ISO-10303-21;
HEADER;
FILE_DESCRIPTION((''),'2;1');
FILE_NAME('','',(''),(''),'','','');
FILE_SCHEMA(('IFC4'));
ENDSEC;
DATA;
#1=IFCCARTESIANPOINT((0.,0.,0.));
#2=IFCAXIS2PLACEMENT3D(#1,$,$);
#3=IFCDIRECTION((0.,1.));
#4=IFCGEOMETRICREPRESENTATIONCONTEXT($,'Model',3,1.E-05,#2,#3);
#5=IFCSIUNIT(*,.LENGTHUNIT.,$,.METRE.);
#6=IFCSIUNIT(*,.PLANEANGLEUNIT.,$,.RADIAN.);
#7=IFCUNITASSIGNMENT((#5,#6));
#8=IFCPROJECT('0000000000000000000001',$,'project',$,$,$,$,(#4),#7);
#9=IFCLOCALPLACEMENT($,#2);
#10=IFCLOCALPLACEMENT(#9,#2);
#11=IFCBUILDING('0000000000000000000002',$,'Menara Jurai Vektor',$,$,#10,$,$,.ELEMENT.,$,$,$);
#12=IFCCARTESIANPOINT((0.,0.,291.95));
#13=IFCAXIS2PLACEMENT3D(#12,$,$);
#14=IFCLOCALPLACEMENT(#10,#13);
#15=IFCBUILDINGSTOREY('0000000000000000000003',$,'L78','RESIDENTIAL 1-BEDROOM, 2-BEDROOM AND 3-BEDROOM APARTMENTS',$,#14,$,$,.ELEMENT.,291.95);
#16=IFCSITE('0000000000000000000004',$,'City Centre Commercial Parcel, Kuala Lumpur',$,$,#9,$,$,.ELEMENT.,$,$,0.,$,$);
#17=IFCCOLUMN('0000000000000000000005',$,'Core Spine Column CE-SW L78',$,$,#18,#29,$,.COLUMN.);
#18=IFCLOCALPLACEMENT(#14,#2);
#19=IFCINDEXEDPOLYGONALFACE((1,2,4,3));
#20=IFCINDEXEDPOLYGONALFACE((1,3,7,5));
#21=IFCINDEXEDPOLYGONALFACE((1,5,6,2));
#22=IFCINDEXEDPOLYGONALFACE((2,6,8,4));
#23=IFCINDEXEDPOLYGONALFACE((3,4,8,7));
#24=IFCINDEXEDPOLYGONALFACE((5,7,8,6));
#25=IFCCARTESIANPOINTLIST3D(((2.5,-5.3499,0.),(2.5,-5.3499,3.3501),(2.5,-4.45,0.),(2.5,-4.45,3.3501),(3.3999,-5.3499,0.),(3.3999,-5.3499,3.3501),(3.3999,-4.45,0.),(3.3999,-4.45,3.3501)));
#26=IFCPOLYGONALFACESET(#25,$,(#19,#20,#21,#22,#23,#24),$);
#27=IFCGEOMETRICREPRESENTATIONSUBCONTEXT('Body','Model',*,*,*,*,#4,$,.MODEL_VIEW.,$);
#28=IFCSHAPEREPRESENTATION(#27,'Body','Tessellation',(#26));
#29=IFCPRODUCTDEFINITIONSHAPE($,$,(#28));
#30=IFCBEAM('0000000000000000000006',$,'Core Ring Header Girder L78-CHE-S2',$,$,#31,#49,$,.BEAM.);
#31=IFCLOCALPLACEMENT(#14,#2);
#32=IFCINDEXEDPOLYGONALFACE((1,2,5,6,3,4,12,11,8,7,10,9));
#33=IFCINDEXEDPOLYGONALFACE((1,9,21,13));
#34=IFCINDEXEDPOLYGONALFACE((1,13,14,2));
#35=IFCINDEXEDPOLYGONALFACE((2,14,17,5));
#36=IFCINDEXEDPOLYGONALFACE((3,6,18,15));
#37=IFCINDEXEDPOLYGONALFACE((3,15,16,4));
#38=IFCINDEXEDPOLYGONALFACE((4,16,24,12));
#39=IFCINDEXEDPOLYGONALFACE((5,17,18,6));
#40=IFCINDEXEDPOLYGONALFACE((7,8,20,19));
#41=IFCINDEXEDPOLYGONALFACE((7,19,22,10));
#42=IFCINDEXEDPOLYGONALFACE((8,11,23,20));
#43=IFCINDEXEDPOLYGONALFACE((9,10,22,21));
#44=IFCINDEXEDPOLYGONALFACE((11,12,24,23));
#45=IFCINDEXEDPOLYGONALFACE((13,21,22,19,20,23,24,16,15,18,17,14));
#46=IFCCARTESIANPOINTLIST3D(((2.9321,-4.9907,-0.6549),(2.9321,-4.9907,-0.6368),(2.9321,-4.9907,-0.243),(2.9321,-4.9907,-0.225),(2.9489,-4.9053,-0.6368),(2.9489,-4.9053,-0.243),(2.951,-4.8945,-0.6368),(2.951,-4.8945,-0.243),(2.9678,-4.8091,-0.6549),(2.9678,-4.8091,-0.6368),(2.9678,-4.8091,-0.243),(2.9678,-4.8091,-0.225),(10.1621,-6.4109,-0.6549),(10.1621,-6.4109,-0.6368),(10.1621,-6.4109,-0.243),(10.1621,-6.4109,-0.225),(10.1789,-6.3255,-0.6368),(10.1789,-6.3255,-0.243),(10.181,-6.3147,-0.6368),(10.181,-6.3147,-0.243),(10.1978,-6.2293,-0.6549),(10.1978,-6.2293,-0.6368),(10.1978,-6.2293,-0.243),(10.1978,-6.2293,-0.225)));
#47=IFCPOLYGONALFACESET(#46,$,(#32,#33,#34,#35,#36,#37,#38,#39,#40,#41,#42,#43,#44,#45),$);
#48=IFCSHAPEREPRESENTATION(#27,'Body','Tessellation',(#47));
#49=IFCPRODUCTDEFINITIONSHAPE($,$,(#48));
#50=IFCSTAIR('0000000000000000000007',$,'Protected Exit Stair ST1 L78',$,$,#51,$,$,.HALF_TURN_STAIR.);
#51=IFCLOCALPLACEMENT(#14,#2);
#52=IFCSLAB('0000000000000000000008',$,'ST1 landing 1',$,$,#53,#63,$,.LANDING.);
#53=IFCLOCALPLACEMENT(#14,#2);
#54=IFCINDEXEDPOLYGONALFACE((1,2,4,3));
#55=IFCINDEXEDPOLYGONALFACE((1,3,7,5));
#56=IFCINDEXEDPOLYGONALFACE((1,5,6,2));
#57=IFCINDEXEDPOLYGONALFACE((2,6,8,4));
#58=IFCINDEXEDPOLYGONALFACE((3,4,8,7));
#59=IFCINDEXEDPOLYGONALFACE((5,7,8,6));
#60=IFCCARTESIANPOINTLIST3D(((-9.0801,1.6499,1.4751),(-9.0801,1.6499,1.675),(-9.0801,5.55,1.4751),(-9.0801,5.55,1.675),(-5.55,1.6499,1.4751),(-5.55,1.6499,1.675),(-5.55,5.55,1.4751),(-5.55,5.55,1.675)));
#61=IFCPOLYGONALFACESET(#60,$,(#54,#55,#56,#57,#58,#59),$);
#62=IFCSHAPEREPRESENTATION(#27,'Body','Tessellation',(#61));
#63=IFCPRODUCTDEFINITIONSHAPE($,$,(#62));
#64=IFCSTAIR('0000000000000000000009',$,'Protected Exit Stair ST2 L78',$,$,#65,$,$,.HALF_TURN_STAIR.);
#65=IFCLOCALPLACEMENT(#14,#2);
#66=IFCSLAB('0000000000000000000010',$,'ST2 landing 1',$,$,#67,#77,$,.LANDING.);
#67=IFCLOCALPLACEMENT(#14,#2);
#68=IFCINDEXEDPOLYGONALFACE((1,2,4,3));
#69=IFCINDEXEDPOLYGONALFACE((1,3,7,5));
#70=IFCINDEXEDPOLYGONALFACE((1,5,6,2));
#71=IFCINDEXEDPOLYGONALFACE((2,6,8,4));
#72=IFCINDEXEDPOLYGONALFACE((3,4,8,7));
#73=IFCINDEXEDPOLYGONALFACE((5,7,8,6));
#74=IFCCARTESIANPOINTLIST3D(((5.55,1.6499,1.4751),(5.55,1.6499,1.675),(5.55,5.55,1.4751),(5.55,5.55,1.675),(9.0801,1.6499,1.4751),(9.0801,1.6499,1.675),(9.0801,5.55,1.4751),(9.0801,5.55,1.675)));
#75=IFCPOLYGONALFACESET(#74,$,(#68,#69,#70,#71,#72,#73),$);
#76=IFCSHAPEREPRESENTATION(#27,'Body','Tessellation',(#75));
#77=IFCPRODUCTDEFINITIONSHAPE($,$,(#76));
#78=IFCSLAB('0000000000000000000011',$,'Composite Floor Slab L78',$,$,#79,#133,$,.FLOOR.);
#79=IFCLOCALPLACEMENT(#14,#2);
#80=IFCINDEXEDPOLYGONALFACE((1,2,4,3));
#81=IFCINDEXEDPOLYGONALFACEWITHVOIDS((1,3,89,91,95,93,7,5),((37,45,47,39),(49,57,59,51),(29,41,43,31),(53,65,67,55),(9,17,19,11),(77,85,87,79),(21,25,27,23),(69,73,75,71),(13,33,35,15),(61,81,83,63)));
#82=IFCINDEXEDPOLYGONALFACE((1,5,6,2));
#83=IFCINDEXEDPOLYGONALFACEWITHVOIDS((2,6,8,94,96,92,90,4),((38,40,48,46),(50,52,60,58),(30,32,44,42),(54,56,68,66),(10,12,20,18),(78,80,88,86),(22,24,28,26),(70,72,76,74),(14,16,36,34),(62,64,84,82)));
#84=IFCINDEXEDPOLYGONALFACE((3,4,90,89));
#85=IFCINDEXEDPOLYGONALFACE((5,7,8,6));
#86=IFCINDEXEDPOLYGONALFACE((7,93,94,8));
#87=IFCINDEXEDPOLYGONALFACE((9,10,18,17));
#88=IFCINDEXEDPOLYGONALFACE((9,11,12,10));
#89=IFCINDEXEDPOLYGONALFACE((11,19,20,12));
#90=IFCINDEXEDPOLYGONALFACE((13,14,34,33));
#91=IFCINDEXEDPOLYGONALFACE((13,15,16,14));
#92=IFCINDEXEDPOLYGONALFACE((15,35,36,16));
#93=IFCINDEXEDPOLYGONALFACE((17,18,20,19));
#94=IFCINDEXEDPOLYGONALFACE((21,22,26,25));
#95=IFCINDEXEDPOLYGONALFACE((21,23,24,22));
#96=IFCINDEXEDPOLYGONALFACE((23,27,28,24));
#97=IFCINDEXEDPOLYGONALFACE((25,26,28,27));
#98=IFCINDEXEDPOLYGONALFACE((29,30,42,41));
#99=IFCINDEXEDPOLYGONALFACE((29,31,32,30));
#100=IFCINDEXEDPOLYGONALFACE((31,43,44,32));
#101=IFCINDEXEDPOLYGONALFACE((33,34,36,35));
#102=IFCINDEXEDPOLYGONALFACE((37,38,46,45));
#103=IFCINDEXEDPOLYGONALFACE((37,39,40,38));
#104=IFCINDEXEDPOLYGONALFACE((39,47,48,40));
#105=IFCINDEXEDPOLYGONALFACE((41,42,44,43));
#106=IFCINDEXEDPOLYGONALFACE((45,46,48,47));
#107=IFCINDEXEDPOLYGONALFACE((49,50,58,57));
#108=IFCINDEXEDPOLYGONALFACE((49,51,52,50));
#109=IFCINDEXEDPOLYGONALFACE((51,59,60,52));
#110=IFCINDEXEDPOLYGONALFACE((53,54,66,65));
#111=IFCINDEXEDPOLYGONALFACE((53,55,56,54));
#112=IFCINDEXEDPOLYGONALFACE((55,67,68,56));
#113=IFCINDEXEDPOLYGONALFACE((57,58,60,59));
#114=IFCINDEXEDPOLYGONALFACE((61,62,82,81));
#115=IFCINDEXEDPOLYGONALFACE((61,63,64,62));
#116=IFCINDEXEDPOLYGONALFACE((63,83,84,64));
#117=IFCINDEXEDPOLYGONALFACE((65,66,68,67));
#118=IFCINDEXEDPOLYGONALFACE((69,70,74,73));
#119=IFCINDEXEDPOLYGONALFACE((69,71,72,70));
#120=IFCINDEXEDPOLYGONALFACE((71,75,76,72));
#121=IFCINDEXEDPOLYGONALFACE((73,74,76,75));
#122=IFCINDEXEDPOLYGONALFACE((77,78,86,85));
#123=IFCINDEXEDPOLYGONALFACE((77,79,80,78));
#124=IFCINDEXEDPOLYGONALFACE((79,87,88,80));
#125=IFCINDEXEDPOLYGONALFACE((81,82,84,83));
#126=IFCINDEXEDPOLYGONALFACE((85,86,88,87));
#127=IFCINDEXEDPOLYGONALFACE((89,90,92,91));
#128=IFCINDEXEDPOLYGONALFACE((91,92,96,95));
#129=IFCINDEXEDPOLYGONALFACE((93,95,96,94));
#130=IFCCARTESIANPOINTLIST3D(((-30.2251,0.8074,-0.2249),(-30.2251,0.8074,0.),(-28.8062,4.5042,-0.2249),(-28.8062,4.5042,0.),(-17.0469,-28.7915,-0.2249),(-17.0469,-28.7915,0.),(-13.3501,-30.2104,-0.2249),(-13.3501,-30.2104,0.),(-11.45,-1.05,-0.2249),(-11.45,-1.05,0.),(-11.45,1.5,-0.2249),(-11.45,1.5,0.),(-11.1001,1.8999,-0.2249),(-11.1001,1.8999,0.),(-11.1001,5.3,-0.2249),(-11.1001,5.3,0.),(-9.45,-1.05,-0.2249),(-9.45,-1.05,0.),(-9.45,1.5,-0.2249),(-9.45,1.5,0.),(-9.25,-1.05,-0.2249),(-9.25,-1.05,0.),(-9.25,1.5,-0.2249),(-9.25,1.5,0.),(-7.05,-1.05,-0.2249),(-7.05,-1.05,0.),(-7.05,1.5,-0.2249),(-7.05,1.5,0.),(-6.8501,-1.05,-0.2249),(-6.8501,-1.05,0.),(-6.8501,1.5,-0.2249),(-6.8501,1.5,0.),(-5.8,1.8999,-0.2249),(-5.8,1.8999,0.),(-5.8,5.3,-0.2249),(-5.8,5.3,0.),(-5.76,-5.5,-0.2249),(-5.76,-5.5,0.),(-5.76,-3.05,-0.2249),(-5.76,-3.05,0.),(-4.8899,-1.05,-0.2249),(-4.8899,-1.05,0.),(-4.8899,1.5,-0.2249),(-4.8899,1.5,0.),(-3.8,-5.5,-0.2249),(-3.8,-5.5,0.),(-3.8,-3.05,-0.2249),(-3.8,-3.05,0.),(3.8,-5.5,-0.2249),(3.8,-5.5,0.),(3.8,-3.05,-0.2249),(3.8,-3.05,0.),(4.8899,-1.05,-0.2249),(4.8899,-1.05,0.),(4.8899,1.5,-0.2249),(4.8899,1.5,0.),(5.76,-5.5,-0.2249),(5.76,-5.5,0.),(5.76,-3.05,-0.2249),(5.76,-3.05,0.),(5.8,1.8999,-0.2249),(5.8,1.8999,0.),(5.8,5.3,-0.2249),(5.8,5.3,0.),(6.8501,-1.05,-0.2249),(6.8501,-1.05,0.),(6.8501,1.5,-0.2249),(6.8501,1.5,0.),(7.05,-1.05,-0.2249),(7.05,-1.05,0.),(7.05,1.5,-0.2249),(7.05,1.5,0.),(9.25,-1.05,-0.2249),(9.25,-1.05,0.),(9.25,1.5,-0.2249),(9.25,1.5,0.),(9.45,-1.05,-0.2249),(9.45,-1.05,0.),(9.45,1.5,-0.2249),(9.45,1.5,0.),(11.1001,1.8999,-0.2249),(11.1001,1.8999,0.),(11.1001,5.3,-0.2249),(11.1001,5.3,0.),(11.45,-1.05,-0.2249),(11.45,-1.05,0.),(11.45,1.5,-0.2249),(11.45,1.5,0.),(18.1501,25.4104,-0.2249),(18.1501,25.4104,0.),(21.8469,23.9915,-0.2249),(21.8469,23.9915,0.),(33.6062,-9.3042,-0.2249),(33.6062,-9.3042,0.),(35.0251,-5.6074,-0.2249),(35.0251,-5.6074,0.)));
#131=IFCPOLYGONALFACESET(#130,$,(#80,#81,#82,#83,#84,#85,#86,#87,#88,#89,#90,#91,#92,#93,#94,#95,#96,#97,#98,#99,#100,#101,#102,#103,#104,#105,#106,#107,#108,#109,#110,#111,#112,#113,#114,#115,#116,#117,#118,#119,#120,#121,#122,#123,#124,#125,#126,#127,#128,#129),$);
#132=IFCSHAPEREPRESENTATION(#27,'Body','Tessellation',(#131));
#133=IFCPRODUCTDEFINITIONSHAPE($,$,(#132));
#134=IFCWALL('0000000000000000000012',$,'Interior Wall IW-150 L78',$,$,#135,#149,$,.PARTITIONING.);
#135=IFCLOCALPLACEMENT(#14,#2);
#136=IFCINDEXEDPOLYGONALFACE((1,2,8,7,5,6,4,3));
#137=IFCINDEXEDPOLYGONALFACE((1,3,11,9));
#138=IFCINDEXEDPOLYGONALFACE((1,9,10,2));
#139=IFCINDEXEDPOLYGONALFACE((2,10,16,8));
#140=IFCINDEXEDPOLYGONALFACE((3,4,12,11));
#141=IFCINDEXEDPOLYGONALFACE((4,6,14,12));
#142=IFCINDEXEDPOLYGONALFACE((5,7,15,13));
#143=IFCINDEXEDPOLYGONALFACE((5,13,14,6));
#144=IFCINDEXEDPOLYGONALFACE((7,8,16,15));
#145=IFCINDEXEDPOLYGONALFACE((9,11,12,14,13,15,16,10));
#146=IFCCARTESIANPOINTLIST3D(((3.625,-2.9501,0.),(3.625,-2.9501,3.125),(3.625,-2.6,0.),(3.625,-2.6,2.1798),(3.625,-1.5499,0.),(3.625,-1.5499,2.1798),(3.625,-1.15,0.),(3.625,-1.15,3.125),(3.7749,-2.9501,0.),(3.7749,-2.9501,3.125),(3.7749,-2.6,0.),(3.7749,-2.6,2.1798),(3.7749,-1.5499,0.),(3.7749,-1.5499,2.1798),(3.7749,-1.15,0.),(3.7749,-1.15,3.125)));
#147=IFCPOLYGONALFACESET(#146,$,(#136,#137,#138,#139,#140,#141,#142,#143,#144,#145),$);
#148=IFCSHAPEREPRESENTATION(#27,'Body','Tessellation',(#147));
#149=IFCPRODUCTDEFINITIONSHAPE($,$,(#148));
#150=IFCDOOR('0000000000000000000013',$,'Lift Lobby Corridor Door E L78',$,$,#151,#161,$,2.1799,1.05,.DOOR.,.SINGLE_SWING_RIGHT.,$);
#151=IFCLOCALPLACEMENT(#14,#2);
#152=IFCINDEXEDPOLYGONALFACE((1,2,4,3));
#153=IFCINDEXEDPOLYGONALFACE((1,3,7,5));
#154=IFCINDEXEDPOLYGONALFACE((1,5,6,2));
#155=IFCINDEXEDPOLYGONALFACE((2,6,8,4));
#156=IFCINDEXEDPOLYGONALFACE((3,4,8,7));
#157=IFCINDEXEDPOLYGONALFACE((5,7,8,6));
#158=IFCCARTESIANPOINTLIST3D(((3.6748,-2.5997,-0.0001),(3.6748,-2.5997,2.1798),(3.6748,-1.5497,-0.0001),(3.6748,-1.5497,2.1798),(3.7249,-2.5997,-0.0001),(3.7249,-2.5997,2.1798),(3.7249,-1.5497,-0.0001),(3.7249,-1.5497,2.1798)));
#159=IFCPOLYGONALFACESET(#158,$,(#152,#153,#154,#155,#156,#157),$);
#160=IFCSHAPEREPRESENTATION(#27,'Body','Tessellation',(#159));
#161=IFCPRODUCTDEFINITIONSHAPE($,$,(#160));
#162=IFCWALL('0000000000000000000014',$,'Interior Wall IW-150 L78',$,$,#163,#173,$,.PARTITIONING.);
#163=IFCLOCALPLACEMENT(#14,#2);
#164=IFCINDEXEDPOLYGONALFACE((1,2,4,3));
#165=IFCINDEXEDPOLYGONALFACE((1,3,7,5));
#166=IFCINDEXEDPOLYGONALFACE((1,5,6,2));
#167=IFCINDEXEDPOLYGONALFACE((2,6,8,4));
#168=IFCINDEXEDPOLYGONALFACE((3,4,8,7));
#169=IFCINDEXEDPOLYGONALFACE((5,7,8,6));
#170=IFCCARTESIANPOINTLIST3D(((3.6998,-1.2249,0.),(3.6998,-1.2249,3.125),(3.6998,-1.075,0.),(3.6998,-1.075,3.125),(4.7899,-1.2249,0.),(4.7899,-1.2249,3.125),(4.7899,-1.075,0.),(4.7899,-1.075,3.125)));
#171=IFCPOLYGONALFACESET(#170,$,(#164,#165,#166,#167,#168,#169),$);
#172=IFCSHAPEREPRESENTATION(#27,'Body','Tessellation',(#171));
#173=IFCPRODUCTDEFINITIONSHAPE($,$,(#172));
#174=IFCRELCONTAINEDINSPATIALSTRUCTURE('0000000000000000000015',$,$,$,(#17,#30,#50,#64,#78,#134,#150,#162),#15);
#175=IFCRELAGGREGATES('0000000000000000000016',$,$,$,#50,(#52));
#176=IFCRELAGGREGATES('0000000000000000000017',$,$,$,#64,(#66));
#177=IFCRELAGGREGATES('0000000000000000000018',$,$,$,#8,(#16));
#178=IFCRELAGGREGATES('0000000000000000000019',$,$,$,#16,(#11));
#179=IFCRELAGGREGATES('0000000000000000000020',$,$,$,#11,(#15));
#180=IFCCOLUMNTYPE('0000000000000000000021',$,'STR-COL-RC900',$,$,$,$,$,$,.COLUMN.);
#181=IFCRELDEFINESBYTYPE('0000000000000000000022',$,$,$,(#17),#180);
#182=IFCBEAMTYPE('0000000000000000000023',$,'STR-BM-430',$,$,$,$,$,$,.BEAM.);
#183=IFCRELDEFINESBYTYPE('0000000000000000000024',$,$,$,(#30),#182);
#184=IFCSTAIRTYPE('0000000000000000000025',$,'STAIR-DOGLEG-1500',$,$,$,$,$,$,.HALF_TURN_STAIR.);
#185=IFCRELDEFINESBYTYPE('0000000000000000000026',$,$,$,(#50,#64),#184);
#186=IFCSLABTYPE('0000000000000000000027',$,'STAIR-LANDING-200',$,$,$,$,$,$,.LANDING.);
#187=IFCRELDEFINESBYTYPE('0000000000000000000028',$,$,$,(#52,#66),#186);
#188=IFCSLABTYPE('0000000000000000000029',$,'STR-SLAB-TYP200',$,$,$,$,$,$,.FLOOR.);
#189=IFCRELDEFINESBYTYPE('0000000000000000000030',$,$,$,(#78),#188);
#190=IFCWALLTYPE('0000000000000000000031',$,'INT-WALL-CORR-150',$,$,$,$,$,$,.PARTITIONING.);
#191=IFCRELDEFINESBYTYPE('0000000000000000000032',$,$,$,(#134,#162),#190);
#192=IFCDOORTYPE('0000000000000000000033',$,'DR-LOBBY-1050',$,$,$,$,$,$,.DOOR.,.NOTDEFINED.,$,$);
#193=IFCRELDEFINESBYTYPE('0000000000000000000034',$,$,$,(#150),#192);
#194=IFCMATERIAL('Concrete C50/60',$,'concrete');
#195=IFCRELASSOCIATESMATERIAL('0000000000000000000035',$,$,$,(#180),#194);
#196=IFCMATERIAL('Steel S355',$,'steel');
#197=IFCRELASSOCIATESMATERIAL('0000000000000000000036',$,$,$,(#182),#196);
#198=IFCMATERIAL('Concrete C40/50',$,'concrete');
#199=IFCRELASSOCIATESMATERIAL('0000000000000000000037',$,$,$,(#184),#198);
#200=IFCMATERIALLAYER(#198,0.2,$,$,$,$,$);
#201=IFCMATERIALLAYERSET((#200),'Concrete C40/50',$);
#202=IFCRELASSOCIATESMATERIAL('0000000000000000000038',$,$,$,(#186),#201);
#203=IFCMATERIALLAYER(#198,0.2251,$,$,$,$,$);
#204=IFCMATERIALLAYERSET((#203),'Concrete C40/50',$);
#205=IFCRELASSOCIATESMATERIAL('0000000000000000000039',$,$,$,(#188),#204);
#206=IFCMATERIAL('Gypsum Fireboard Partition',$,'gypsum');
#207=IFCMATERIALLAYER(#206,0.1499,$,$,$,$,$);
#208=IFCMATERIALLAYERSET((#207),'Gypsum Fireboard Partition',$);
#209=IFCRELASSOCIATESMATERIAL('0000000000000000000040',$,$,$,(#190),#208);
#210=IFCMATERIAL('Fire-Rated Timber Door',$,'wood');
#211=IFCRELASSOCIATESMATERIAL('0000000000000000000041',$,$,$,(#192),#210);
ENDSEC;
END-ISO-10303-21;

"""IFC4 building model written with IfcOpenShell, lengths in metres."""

from ifc_helpers import new_model, si_unit, direction, frame, frame_2d, origin, origin_2d, place, context, subcontext, project, spatial, polyline, rectangle, i_section, outline, extrude, material, layer, layer_set, material_profile, profile_set, type_object, element, fill, aggregate, save


model = new_model("IFC4")

# Units and contexts
model_context = context("Model", 3, precision=1e-05, world=origin(), true_north=direction((0.0, 1.0)))
body_context = subcontext(model_context, "Body", "Model", "MODEL_VIEW")
ifc_project = project(units=[si_unit("LENGTHUNIT", "METRE"), si_unit("PLANEANGLEUNIT", "RADIAN")], contexts=[model_context])

# Site, building, storey
site_placement = place(None, origin())
site = spatial("IfcSite", under=ifc_project, at=site_placement, Name="City Centre Commercial Parcel, Kuala Lumpur", CompositionType="ELEMENT", RefElevation=0.0)
building_placement = place(site_placement, origin())
building = spatial("IfcBuilding", under=site, at=building_placement, Name="Menara Jurai Vektor", CompositionType="ELEMENT")
storey_placement = place(building_placement, frame((0.0, 0.0, 291.95)))
storey = spatial("IfcBuildingStorey", under=building, at=storey_placement, Name="L78", Description="RESIDENTIAL 1-BEDROOM, 2-BEDROOM AND 3-BEDROOM APARTMENTS", CompositionType="ELEMENT", Elevation=291.95)

# Column
ifc_material_1 = material(Name="Concrete C50/60", Category="concrete")
ifc_material_profile_1 = material_profile(ifc_material_1, rectangle(XDim=0.8999, YDim=0.8999, at=origin_2d()), Name="RC 900x900")
ifc_profile_set_1 = profile_set([ifc_material_profile_1], Name="Concrete C50/60")
column_type = type_object("IfcColumnType", Name="STR-COL-RC900", PredefinedType="COLUMN", material=ifc_profile_set_1)
column_placement = place(storey_placement, frame((2.95, -4.8999, 0.0), z_axis=(0.0, 0.0, 1.0), x_axis=(1.0, 0.0, 0.0)))
element("IfcColumn", 1, at=column_placement, inside=storey, type_object=column_type, Name="Core Spine Column CE-SW L78", PredefinedType="COLUMN", context=body_context, shape_type="SweptSolid", body=[
    extrude(rectangle(XDim=0.8999, YDim=0.8999, at=origin_2d()), origin(), (0.0, 0.0, 1.0), 3.3501),
])

# Beam
ifc_material_2 = material(Name="Steel S355", Category="steel")
ifc_material_profile_2 = material_profile(ifc_material_2, i_section(OverallWidth=0.1851, OverallDepth=0.4299, WebThickness=0.011, FlangeThickness=0.0181, at=origin_2d()), Name="PG 430x185x76")
ifc_profile_set_2 = profile_set([ifc_material_profile_2], Name="Steel S355")
beam_type = type_object("IfcBeamType", Name="STR-BM-430", PredefinedType="BEAM", material=ifc_profile_set_2)
beam_placement = place(storey_placement, frame((2.95, -4.8999, -0.4399), z_axis=(0.981249, -0.192744, 0.0), x_axis=(0.192744, 0.981249, 0.0)))
element("IfcBeam", 2, at=beam_placement, inside=storey, type_object=beam_type, Name="Core Ring Header Girder L78-CHE-S2", PredefinedType="BEAM", context=body_context, shape_type="SweptSolid", body=[
    extrude(i_section(OverallWidth=0.1851, OverallDepth=0.4299, WebThickness=0.011, FlangeThickness=0.0181, at=origin_2d()), origin(), (0.0, 0.0, 1.0), 7.3682),
])

# Stairs, slabs
ifc_material_3 = material(Name="Concrete C40/50", Category="concrete")
stair_type = type_object("IfcStairType", Name="STAIR-DOGLEG-1500", PredefinedType="HALF_TURN_STAIR", material=ifc_material_3)
stair_1_placement = place(storey_placement, origin())
stair_1 = element("IfcStair", 3, at=stair_1_placement, inside=storey, type_object=stair_type, Name="Protected Exit Stair ST1 L78", PredefinedType="HALF_TURN_STAIR")
ifc_layer_1 = layer(ifc_material_3, 0.2)
ifc_layer_set_1 = layer_set([ifc_layer_1], Name="Concrete C40/50")
slab_type_1 = type_object("IfcSlabType", Name="STAIR-LANDING-200", PredefinedType="LANDING", material=ifc_layer_set_1)
slab_1_placement = place(storey_placement, frame((0.0, 0.0, 1.4751)))
slab_1 = element("IfcSlab", 4, at=slab_1_placement, type_object=slab_type_1, Name="ST1 landing 1", PredefinedType="LANDING", context=body_context, shape_type="SweptSolid", body=[
    extrude(outline(polyline([(-9.0801, 1.6499), (-5.55, 1.6499), (-5.55, 5.55), (-9.0801, 5.55), (-9.0801, 1.6499)])), origin(), (0.0, 0.0, 1.0), 0.2),
])
aggregate(stair_1, [slab_1])
stair_2_placement = place(storey_placement, origin())
stair_2 = element("IfcStair", 5, at=stair_2_placement, inside=storey, type_object=stair_type, Name="Protected Exit Stair ST2 L78", PredefinedType="HALF_TURN_STAIR")
slab_2_placement = place(storey_placement, frame((0.0, 0.0, 1.4751)))
slab_2 = element("IfcSlab", 6, at=slab_2_placement, type_object=slab_type_1, Name="ST2 landing 1", PredefinedType="LANDING", context=body_context, shape_type="SweptSolid", body=[
    extrude(outline(polyline([(5.55, 1.6499), (9.0801, 1.6499), (9.0801, 5.55), (5.55, 5.55), (5.55, 1.6499)])), origin(), (0.0, 0.0, 1.0), 0.2),
])
aggregate(stair_2, [slab_2])

# Slab
ifc_layer_2 = layer(ifc_material_3, 0.2251)
ifc_layer_set_2 = layer_set([ifc_layer_2], Name="Concrete C40/50")
slab_type_2 = type_object("IfcSlabType", Name="STR-SLAB-TYP200", PredefinedType="FLOOR", material=ifc_layer_set_2)
slab_3_placement = place(storey_placement, frame((0.0, 0.0, -0.2249)))
element("IfcSlab", 7, at=slab_3_placement, inside=storey, type_object=slab_type_2, Name="Composite Floor Slab L78", PredefinedType="FLOOR", context=body_context, shape_type="SweptSolid", body=[
    extrude(outline(polyline([(-13.3501, -30.2104), (33.6062, -9.3042), (35.0251, -5.6074), (21.8469, 23.9915), (18.1501, 25.4104), (-28.8062, 4.5042), (-30.2251, 0.8074), (-17.0469, -28.7915), (-13.3501, -30.2104)]), holes=[polyline([(-11.1001, 1.8999), (-11.1001, 5.3), (-5.8, 5.3), (-5.8, 1.8999), (-11.1001, 1.8999)]), polyline([(5.8, 1.8999), (5.8, 5.3), (11.1001, 5.3), (11.1001, 1.8999), (5.8, 1.8999)]), polyline([(-11.45, -1.05), (-11.45, 1.5), (-9.45, 1.5), (-9.45, -1.05), (-11.45, -1.05)]), polyline([(9.45, -1.05), (9.45, 1.5), (11.45, 1.5), (11.45, -1.05), (9.45, -1.05)]), polyline([(-5.76, -5.5), (-5.76, -3.05), (-3.8, -3.05), (-3.8, -5.5), (-5.76, -5.5)]), polyline([(-6.8501, -1.05), (-6.8501, 1.5), (-4.8899, 1.5), (-4.8899, -1.05), (-6.8501, -1.05)]), polyline([(3.8, -5.5), (3.8, -3.05), (5.76, -3.05), (5.76, -5.5), (3.8, -5.5)]), polyline([(4.8899, -1.05), (4.8899, 1.5), (6.8501, 1.5), (6.8501, -1.05), (4.8899, -1.05)]), polyline([(-9.25, -1.05), (-9.25, 1.5), (-7.05, 1.5), (-7.05, -1.05), (-9.25, -1.05)]), polyline([(7.05, -1.05), (7.05, 1.5), (9.25, 1.5), (9.25, -1.05), (7.05, -1.05)])]), origin(), (0.0, 0.0, 1.0), 0.2249),
])

# Wall, opening, door
ifc_material_4 = material(Name="Gypsum Fireboard Partition", Category="gypsum")
ifc_layer_3 = layer(ifc_material_4, 0.1499)
ifc_layer_set_3 = layer_set([ifc_layer_3], Name="Gypsum Fireboard Partition")
wall_type_1 = type_object("IfcWallType", Name="INT-WALL-CORR-150", PredefinedType="PARTITIONING", material=ifc_layer_set_3)
wall_1_placement = place(storey_placement, frame((3.7, -2.95, 0.0), z_axis=(0.0, 0.0, 1.0), x_axis=(0.0, 1.0, 0.0)))
wall_1 = element("IfcWall", 8, at=wall_1_placement, inside=storey, type_object=wall_type_1, Name="Interior Wall IW-150 L78", PredefinedType="PARTITIONING", context=body_context, shape_type="SweptSolid", body=[
    extrude(rectangle(XDim=1.8, YDim=0.1499, at=frame_2d((0.8999, 0.0))), origin(), (0.0, 0.0, 1.0), 3.125),
])
opening_1_placement = place(wall_1_placement, frame((0.3501, 0.0, 0.0)))
opening_1 = element("IfcOpeningElement", 9, at=opening_1_placement, cuts=wall_1, PredefinedType="OPENING", context=body_context, shape_type="SweptSolid", body=[
    extrude(rectangle(XDim=1.05, YDim=2.1799, at=frame_2d((0.5249, 1.0898))), frame((0.0, 0.085, 0.0), z_axis=(0.0, -1.0, 0.0), x_axis=(1.0, 0.0, 0.0)), (0.0, 0.0, 1.0), 0.1699),
])
ifc_material_5 = material(Name="Fire-Rated Timber Door", Category="wood")
door_type_1 = type_object("IfcDoorType", Name="DR-LOBBY-1050", OperationType="NOTDEFINED", PredefinedType="DOOR", material=ifc_material_5)
door_1_placement = place(opening_1_placement, frame((1.05, 0.0, 0.0), z_axis=(0.0, 0.0, 1.0), x_axis=(-1.0, 0.0, 0.0)))
door_1 = element("IfcDoor", 10, at=door_1_placement, inside=storey, type_object=door_type_1, Name="Lift Lobby Corridor Door E L78", OperationType="SINGLE_SWING_RIGHT", OverallHeight=2.1799, OverallWidth=1.05, PredefinedType="DOOR", context=body_context, shape_type="SweptSolid", body=[
    extrude(rectangle(XDim=1.05, YDim=2.1799, at=frame_2d((0.5249, 1.0898))), frame((0.0, 0.0249, 0.0), z_axis=(0.0, -1.0, 0.0), x_axis=(1.0, 0.0, 0.0)), (0.0, 0.0, 1.0), 0.05),
])
fill(opening_1, door_1)

# Wall
wall_2_placement = place(storey_placement, frame((3.7, -1.1499, 0.0), z_axis=(0.0, 0.0, 1.0), x_axis=(1.0, 0.0, 0.0)))
element("IfcWall", 11, at=wall_2_placement, inside=storey, type_object=wall_type_1, Name="Interior Wall IW-150 L78", PredefinedType="PARTITIONING", context=body_context, shape_type="SweptSolid", body=[
    extrude(rectangle(XDim=1.0901, YDim=0.1499, at=frame_2d((0.5449, 0.0))), origin(), (0.0, 0.0, 1.0), 3.125),
])

save(model, "model.ifc")
